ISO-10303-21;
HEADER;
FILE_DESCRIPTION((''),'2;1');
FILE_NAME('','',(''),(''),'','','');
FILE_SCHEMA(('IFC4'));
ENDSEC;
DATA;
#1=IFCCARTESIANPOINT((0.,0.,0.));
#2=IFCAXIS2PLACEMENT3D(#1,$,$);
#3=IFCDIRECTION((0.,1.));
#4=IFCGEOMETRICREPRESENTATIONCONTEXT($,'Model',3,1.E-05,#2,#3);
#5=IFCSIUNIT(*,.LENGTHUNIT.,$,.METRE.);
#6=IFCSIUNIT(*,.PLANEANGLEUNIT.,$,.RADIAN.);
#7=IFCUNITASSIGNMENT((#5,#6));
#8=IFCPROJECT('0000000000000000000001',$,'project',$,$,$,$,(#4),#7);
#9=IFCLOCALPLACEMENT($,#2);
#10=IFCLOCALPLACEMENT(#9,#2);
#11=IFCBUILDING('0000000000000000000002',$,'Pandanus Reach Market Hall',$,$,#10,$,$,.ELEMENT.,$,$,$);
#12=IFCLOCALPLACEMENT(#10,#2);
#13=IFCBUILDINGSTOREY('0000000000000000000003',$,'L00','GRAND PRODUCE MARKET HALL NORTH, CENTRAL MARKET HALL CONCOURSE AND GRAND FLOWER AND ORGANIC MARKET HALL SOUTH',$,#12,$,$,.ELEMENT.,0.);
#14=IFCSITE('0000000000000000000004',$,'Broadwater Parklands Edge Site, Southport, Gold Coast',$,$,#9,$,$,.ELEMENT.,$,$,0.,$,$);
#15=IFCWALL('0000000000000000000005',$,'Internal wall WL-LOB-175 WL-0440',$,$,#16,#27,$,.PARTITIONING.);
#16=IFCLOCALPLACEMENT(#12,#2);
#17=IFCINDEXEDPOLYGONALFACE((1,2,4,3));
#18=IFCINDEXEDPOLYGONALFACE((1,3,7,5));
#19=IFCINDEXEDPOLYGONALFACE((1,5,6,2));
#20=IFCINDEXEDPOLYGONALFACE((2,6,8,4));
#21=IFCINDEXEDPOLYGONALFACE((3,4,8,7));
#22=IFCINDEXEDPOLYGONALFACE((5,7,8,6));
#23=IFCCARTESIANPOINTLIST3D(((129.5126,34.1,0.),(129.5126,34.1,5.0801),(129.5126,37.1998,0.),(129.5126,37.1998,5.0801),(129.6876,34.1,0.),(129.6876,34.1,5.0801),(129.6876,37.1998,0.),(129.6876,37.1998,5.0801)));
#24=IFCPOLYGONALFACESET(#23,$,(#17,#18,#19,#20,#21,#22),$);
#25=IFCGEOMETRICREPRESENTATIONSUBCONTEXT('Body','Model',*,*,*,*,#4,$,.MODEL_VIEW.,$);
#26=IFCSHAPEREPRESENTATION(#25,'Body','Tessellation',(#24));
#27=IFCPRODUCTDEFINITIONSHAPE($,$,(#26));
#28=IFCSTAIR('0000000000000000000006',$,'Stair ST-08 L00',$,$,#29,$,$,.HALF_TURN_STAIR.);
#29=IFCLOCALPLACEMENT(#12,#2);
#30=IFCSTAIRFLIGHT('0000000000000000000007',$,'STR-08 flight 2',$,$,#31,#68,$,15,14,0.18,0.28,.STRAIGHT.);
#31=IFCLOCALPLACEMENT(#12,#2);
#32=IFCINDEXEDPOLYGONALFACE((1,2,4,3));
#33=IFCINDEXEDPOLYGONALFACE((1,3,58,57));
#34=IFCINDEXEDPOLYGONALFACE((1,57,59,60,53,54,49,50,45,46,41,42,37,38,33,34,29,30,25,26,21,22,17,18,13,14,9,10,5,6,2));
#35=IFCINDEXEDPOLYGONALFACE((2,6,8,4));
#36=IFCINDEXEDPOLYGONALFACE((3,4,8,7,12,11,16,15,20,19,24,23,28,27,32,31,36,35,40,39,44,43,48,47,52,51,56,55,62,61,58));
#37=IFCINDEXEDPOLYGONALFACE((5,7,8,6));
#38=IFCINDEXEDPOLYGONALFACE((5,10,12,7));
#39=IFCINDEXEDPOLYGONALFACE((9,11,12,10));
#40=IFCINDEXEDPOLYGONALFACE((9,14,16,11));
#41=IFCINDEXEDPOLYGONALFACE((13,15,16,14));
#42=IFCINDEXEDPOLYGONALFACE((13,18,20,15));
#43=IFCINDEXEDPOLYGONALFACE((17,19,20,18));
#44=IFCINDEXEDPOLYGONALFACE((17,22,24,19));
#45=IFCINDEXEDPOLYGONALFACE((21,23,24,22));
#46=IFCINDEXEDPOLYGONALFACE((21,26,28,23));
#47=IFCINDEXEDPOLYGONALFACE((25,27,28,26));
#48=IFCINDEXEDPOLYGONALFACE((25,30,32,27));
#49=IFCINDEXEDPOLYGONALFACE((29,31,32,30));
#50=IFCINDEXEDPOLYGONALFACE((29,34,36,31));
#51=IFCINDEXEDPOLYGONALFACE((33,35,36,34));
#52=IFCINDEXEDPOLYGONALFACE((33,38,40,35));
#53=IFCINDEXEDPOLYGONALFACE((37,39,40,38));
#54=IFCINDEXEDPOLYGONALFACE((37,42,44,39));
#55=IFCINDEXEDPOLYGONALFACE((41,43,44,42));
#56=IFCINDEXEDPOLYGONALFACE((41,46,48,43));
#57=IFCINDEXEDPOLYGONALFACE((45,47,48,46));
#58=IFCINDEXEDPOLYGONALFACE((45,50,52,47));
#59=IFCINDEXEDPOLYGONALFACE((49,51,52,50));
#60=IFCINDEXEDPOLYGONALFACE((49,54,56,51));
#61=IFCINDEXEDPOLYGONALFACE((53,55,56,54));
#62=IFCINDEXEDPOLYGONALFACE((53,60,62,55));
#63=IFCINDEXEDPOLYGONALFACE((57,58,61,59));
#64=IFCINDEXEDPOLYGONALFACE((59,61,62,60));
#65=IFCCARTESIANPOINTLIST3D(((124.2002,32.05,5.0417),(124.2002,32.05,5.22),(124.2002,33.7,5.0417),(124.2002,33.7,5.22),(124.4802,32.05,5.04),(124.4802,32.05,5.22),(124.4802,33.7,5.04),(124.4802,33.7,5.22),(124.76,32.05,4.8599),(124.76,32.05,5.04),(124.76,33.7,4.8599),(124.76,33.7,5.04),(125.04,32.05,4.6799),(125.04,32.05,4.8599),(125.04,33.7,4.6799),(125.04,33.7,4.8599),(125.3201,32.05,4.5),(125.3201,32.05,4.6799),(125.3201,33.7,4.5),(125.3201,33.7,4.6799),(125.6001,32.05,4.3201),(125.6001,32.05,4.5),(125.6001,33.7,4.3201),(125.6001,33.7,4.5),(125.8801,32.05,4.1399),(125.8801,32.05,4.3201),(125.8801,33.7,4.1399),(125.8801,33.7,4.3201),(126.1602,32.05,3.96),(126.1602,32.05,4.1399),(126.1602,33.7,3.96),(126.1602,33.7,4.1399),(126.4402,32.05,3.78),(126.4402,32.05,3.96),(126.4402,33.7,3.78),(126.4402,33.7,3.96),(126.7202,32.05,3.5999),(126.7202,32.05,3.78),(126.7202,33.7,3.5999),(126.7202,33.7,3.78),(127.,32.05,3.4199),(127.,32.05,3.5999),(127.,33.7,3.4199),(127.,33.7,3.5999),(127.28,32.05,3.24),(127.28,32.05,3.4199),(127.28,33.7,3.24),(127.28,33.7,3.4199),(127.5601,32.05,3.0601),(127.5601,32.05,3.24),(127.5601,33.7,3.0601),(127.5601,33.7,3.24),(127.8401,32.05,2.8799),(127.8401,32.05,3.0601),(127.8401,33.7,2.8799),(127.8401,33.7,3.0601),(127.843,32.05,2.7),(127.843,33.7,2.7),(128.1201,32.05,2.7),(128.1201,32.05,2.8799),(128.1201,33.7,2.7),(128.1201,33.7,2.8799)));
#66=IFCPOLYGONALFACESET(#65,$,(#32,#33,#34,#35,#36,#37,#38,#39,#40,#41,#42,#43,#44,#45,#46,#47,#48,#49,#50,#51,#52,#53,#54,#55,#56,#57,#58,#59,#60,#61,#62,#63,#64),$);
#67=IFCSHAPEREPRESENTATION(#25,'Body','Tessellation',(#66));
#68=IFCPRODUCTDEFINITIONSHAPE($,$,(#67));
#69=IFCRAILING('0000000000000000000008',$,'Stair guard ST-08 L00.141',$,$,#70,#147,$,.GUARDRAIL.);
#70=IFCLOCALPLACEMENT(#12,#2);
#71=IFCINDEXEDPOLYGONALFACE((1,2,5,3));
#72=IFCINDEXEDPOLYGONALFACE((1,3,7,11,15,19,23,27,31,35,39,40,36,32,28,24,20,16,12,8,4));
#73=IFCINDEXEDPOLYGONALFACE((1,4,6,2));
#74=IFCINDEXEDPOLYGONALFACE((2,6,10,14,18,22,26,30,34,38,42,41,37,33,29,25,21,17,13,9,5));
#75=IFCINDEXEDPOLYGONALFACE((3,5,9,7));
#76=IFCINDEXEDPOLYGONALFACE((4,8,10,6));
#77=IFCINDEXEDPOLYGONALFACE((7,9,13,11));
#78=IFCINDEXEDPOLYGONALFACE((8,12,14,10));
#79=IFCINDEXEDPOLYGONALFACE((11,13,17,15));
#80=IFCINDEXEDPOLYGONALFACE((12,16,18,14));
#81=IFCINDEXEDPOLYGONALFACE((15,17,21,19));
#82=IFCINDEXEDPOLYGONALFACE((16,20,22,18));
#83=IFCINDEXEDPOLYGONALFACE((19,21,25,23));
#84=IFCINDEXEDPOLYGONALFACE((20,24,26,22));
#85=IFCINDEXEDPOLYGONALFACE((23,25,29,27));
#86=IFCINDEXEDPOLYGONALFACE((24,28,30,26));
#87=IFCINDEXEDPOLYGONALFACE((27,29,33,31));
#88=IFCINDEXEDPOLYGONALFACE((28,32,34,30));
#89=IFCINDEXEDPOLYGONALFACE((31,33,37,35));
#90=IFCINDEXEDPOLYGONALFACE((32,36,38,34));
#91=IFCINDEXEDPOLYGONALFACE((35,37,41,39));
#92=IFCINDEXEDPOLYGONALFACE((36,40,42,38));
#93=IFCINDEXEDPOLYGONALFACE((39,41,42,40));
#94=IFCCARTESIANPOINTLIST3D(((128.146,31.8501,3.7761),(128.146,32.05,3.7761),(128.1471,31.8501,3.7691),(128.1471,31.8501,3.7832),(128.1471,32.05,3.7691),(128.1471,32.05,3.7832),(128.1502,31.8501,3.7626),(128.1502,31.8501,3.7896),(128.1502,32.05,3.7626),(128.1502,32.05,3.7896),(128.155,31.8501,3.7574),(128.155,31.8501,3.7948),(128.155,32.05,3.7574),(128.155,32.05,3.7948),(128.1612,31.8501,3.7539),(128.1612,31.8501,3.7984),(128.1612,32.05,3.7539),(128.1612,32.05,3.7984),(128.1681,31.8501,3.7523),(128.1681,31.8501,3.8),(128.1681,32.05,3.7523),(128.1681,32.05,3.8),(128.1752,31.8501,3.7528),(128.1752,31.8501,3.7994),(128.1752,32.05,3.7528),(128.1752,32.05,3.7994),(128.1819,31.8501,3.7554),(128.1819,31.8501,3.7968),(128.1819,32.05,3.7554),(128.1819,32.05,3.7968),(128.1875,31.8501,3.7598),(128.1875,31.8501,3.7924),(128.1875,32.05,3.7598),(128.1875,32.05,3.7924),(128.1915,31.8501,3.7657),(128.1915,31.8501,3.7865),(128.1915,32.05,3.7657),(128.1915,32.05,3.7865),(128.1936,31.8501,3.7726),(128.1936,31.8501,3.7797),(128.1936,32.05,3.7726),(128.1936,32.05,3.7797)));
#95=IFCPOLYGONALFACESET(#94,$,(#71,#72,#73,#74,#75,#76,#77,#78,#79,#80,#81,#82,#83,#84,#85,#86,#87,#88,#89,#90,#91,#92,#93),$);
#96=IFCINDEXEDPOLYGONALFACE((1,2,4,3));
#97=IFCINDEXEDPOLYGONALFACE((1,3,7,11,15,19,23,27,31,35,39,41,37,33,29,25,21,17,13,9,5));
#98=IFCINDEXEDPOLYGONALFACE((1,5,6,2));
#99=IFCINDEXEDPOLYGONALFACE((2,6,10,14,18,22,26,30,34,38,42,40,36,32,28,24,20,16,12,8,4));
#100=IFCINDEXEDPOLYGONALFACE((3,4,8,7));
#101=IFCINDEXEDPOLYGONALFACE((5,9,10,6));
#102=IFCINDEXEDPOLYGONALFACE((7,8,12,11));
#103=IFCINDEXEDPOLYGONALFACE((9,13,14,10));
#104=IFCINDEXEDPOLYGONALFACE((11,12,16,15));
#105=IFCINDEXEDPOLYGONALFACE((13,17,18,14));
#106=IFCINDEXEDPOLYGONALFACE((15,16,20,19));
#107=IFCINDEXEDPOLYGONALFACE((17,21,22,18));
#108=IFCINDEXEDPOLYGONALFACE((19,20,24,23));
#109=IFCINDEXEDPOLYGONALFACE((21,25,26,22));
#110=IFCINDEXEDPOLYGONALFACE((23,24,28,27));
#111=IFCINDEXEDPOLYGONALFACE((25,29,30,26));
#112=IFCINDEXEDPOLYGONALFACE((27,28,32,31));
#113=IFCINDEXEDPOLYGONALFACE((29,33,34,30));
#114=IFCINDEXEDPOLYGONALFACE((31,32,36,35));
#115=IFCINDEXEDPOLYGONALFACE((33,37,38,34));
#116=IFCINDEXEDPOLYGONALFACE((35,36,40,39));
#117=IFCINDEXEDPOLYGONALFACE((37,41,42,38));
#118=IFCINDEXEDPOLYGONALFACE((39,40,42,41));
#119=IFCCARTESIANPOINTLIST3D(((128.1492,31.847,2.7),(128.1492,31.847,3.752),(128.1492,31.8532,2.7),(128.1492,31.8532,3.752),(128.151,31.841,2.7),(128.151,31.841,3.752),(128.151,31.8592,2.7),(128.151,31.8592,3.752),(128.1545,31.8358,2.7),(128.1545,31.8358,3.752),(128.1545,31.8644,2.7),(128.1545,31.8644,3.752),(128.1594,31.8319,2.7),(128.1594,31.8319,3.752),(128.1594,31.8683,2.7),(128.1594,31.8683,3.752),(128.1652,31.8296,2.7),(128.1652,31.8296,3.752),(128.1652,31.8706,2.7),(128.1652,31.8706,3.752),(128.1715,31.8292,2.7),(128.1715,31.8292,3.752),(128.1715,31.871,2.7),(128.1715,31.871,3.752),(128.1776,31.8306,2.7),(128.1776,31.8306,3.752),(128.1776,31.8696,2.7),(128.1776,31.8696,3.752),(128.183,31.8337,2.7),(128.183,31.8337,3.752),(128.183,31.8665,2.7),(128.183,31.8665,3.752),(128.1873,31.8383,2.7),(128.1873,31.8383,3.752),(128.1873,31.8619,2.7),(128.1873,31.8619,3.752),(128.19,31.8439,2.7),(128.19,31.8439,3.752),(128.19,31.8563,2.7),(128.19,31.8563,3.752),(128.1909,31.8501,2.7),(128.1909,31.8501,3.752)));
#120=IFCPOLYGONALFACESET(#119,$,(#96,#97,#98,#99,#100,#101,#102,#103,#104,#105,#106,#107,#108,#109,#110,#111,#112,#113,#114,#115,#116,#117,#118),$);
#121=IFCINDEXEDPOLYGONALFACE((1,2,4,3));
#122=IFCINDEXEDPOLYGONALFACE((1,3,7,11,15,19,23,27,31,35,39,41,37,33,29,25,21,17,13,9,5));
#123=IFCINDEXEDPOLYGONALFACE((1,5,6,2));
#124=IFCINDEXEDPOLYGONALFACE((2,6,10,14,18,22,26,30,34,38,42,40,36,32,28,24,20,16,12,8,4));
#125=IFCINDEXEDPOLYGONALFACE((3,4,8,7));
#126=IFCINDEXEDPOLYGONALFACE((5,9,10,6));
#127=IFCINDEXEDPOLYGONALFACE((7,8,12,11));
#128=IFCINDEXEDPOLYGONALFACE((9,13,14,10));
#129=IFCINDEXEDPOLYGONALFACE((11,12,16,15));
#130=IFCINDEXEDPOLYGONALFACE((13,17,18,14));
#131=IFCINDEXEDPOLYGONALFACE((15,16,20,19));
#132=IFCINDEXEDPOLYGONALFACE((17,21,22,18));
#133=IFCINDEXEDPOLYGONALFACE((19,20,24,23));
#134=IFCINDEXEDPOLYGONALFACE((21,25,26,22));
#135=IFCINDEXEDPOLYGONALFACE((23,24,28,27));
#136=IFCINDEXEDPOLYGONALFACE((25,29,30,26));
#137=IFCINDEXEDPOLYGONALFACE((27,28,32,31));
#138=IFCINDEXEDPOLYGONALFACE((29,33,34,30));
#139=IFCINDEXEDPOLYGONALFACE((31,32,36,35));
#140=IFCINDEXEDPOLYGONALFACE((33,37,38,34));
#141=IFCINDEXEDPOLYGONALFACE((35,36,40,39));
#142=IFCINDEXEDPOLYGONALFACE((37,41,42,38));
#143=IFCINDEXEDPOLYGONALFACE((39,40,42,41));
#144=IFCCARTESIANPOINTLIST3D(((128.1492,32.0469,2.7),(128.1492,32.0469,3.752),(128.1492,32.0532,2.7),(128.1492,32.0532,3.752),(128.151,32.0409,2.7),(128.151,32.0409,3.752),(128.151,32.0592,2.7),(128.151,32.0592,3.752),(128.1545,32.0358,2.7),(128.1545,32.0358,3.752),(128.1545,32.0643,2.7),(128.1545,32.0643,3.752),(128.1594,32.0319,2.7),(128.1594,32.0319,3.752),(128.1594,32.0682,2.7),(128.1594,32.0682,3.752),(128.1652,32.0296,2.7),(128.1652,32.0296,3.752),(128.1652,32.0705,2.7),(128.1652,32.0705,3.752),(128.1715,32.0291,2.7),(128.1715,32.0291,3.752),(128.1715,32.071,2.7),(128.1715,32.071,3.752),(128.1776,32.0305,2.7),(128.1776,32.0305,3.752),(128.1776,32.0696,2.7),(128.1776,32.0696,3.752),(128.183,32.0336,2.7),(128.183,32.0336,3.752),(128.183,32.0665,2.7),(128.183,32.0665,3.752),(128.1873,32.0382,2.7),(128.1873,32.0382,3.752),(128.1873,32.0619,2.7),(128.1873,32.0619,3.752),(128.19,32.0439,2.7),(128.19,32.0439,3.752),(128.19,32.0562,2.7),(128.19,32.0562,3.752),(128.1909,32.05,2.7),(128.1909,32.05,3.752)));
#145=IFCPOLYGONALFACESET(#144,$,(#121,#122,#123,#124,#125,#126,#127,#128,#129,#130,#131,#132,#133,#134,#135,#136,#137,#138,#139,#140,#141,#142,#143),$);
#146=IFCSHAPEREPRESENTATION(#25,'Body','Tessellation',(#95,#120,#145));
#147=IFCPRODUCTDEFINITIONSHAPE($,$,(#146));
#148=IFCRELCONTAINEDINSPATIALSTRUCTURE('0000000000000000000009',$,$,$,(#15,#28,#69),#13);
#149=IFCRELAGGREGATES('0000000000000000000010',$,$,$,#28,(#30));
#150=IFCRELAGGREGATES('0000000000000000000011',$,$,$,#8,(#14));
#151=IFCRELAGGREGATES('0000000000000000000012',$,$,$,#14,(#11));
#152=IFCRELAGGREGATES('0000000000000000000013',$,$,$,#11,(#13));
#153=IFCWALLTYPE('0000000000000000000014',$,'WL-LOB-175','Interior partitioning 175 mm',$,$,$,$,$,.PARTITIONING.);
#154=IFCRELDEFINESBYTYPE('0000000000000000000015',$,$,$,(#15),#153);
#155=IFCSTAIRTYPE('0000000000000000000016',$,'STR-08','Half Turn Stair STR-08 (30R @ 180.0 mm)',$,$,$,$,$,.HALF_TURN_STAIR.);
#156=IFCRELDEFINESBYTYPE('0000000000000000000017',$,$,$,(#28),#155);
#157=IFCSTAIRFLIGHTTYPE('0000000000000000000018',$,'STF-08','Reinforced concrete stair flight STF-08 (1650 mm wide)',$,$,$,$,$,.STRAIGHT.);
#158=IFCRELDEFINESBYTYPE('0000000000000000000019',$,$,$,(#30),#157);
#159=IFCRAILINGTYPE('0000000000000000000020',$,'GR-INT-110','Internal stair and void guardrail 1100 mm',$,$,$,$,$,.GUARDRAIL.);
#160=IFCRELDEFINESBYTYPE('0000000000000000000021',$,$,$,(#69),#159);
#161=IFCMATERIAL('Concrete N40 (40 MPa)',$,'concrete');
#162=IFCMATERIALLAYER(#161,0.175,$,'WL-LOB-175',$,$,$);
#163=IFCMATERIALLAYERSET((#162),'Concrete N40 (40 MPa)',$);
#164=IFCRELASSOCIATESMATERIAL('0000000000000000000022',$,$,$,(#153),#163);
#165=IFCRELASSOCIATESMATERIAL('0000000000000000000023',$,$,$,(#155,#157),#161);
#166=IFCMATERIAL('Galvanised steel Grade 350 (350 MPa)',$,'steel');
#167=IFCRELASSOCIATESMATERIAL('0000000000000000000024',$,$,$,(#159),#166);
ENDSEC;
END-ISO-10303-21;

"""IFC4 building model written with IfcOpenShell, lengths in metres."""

from ifc_helpers import new_model, si_unit, direction, frame, frame_2d, origin, origin_2d, place, context, subcontext, project, spatial, polyline, rectangle, circle, outline, extrude, material, layer, layer_set, type_object, element, aggregate, save


model = new_model("IFC4")

# Units and contexts
model_context = context("Model", 3, precision=1e-05, world=origin(), true_north=direction((0.0, 1.0)))
body_context = subcontext(model_context, "Body", "Model", "MODEL_VIEW")
ifc_project = project(units=[si_unit("LENGTHUNIT", "METRE"), si_unit("PLANEANGLEUNIT", "RADIAN")], contexts=[model_context])

# Site, building, storey
site_placement = place(None, origin())
site = spatial("IfcSite", under=ifc_project, at=site_placement, Name="Broadwater Parklands Edge Site, Southport, Gold Coast", CompositionType="ELEMENT", RefElevation=0.0)
building_placement = place(site_placement, origin())
building = spatial("IfcBuilding", under=site, at=building_placement, Name="Pandanus Reach Market Hall", CompositionType="ELEMENT")
storey_placement = place(building_placement, origin())
storey = spatial("IfcBuildingStorey", under=building, at=storey_placement, Name="L00", Description="GRAND PRODUCE MARKET HALL NORTH, CENTRAL MARKET HALL CONCOURSE AND GRAND FLOWER AND ORGANIC MARKET HALL SOUTH", CompositionType="ELEMENT", Elevation=0.0)

# Shared definitions
ifc_material_1 = material(Name="Concrete N40 (40 MPa)", Category="concrete")

# Shared definitions
ifc_layer_1 = layer(ifc_material_1, 0.175, Name="WL-LOB-175")
ifc_layer_set_1 = layer_set([ifc_layer_1], Name="Concrete N40 (40 MPa)")
wall_type_1 = type_object("IfcWallType", Name="WL-LOB-175", Description="Interior partitioning 175 mm", PredefinedType="PARTITIONING", material=ifc_layer_set_1)

# Wall
wall_1_placement = place(storey_placement, frame((129.6001, 34.1001, 0.0), z_axis=(0.0, 0.0, 1.0), x_axis=(0.0, 1.0, 0.0)))
element("IfcWall", 1, at=wall_1_placement, inside=storey, type_object=wall_type_1, Name="Internal wall WL-LOB-175 WL-0440", PredefinedType="PARTITIONING", context=body_context, shape_type="SweptSolid", body=[
    extrude(rectangle(XDim=3.0999, YDim=0.175, at=frame_2d((1.5498, 0.0))), origin(), (0.0, 0.0, 1.0), 5.0801),
])

# Stair, stair flight
stair_type = type_object("IfcStairType", Name="STR-08", Description="Half Turn Stair STR-08 (30R @ 180.0 mm)", PredefinedType="HALF_TURN_STAIR", material=ifc_material_1)
stair_placement = place(storey_placement, origin())
stair = element("IfcStair", 2, at=stair_placement, inside=storey, type_object=stair_type, Name="Stair ST-08 L00", PredefinedType="HALF_TURN_STAIR")
stair_flight_type = type_object("IfcStairFlightType", Name="STF-08", Description="Reinforced concrete stair flight STF-08 (1650 mm wide)", PredefinedType="STRAIGHT", material=ifc_material_1)
stair_flight_placement = place(storey_placement, frame((128.1201, 32.875, 2.7), z_axis=(0.0, 0.0, 1.0), x_axis=(-1.0, 0.0, 0.0)))
stair_flight = element("IfcStairFlight", 3, at=stair_flight_placement, type_object=stair_flight_type, Name="STR-08 flight 2", NumberOfRisers=15, NumberOfTreads=14, PredefinedType="STRAIGHT", RiserHeight=0.18, TreadLength=0.28, context=body_context, shape_type="SweptSolid", body=[
    extrude(outline(polyline([(0.0, 0.0), (0.0, 0.1799), (0.28, 0.1799), (0.28, 0.3601), (0.5601, 0.3601), (0.5601, 0.54), (0.8401, 0.54), (0.8401, 0.72), (1.1201, 0.72), (1.1201, 0.8999), (1.3999, 0.8999), (1.3999, 1.0801), (1.6799, 1.0801), (1.6799, 1.26), (1.96, 1.26), (1.96, 1.4399), (2.24, 1.4399), (2.24, 1.6201), (2.52, 1.6201), (2.52, 1.8), (2.8, 1.8), (2.8, 1.98), (3.0801, 1.98), (3.0801, 2.1599), (3.3601, 2.1599), (3.3601, 2.3401), (3.6399, 2.3401), (3.6399, 2.52), (3.9199, 2.52), (3.9199, 2.7), (3.9199, 2.3418), (0.2771, 0.0), (0.0, 0.0)])), frame((0.0, 0.825, 0.0), z_axis=(0.0, -1.0, 0.0), x_axis=(1.0, 0.0, 0.0)), (0.0, 0.0, 1.0), 1.6499),
])
aggregate(stair, [stair_flight])

# Railing
ifc_material_2 = material(Name="Galvanised steel Grade 350 (350 MPa)", Category="steel")
railing_type_1 = type_object("IfcRailingType", Name="GR-INT-110", Description="Internal stair and void guardrail 1100 mm", PredefinedType="GUARDRAIL", material=ifc_material_2)
railing_1_placement = place(storey_placement, frame((128.1699, 31.8501, 2.7)))
element("IfcRailing", 4, at=railing_1_placement, inside=storey, type_object=railing_type_1, Name="Stair guard ST-08 L00.141", PredefinedType="GUARDRAIL", context=body_context, shape_type="SweptSolid", body=[
    extrude(circle(Radius=0.0239, at=origin_2d()), frame((0.0, 0.0, 1.0762), z_axis=(0.0, 1.0, 0.0), x_axis=(-1.0, 0.0, 0.0)), (0.0, 0.0, 1.0), 0.2),
    extrude(circle(Radius=0.021, at=origin_2d()), origin(), (0.0, 0.0, 1.0), 1.052),
    extrude(circle(Radius=0.021, at=origin_2d()), frame((0.0, 0.2, 0.0)), (0.0, 0.0, 1.0), 1.052),
])

save(model, "model.ifc")
